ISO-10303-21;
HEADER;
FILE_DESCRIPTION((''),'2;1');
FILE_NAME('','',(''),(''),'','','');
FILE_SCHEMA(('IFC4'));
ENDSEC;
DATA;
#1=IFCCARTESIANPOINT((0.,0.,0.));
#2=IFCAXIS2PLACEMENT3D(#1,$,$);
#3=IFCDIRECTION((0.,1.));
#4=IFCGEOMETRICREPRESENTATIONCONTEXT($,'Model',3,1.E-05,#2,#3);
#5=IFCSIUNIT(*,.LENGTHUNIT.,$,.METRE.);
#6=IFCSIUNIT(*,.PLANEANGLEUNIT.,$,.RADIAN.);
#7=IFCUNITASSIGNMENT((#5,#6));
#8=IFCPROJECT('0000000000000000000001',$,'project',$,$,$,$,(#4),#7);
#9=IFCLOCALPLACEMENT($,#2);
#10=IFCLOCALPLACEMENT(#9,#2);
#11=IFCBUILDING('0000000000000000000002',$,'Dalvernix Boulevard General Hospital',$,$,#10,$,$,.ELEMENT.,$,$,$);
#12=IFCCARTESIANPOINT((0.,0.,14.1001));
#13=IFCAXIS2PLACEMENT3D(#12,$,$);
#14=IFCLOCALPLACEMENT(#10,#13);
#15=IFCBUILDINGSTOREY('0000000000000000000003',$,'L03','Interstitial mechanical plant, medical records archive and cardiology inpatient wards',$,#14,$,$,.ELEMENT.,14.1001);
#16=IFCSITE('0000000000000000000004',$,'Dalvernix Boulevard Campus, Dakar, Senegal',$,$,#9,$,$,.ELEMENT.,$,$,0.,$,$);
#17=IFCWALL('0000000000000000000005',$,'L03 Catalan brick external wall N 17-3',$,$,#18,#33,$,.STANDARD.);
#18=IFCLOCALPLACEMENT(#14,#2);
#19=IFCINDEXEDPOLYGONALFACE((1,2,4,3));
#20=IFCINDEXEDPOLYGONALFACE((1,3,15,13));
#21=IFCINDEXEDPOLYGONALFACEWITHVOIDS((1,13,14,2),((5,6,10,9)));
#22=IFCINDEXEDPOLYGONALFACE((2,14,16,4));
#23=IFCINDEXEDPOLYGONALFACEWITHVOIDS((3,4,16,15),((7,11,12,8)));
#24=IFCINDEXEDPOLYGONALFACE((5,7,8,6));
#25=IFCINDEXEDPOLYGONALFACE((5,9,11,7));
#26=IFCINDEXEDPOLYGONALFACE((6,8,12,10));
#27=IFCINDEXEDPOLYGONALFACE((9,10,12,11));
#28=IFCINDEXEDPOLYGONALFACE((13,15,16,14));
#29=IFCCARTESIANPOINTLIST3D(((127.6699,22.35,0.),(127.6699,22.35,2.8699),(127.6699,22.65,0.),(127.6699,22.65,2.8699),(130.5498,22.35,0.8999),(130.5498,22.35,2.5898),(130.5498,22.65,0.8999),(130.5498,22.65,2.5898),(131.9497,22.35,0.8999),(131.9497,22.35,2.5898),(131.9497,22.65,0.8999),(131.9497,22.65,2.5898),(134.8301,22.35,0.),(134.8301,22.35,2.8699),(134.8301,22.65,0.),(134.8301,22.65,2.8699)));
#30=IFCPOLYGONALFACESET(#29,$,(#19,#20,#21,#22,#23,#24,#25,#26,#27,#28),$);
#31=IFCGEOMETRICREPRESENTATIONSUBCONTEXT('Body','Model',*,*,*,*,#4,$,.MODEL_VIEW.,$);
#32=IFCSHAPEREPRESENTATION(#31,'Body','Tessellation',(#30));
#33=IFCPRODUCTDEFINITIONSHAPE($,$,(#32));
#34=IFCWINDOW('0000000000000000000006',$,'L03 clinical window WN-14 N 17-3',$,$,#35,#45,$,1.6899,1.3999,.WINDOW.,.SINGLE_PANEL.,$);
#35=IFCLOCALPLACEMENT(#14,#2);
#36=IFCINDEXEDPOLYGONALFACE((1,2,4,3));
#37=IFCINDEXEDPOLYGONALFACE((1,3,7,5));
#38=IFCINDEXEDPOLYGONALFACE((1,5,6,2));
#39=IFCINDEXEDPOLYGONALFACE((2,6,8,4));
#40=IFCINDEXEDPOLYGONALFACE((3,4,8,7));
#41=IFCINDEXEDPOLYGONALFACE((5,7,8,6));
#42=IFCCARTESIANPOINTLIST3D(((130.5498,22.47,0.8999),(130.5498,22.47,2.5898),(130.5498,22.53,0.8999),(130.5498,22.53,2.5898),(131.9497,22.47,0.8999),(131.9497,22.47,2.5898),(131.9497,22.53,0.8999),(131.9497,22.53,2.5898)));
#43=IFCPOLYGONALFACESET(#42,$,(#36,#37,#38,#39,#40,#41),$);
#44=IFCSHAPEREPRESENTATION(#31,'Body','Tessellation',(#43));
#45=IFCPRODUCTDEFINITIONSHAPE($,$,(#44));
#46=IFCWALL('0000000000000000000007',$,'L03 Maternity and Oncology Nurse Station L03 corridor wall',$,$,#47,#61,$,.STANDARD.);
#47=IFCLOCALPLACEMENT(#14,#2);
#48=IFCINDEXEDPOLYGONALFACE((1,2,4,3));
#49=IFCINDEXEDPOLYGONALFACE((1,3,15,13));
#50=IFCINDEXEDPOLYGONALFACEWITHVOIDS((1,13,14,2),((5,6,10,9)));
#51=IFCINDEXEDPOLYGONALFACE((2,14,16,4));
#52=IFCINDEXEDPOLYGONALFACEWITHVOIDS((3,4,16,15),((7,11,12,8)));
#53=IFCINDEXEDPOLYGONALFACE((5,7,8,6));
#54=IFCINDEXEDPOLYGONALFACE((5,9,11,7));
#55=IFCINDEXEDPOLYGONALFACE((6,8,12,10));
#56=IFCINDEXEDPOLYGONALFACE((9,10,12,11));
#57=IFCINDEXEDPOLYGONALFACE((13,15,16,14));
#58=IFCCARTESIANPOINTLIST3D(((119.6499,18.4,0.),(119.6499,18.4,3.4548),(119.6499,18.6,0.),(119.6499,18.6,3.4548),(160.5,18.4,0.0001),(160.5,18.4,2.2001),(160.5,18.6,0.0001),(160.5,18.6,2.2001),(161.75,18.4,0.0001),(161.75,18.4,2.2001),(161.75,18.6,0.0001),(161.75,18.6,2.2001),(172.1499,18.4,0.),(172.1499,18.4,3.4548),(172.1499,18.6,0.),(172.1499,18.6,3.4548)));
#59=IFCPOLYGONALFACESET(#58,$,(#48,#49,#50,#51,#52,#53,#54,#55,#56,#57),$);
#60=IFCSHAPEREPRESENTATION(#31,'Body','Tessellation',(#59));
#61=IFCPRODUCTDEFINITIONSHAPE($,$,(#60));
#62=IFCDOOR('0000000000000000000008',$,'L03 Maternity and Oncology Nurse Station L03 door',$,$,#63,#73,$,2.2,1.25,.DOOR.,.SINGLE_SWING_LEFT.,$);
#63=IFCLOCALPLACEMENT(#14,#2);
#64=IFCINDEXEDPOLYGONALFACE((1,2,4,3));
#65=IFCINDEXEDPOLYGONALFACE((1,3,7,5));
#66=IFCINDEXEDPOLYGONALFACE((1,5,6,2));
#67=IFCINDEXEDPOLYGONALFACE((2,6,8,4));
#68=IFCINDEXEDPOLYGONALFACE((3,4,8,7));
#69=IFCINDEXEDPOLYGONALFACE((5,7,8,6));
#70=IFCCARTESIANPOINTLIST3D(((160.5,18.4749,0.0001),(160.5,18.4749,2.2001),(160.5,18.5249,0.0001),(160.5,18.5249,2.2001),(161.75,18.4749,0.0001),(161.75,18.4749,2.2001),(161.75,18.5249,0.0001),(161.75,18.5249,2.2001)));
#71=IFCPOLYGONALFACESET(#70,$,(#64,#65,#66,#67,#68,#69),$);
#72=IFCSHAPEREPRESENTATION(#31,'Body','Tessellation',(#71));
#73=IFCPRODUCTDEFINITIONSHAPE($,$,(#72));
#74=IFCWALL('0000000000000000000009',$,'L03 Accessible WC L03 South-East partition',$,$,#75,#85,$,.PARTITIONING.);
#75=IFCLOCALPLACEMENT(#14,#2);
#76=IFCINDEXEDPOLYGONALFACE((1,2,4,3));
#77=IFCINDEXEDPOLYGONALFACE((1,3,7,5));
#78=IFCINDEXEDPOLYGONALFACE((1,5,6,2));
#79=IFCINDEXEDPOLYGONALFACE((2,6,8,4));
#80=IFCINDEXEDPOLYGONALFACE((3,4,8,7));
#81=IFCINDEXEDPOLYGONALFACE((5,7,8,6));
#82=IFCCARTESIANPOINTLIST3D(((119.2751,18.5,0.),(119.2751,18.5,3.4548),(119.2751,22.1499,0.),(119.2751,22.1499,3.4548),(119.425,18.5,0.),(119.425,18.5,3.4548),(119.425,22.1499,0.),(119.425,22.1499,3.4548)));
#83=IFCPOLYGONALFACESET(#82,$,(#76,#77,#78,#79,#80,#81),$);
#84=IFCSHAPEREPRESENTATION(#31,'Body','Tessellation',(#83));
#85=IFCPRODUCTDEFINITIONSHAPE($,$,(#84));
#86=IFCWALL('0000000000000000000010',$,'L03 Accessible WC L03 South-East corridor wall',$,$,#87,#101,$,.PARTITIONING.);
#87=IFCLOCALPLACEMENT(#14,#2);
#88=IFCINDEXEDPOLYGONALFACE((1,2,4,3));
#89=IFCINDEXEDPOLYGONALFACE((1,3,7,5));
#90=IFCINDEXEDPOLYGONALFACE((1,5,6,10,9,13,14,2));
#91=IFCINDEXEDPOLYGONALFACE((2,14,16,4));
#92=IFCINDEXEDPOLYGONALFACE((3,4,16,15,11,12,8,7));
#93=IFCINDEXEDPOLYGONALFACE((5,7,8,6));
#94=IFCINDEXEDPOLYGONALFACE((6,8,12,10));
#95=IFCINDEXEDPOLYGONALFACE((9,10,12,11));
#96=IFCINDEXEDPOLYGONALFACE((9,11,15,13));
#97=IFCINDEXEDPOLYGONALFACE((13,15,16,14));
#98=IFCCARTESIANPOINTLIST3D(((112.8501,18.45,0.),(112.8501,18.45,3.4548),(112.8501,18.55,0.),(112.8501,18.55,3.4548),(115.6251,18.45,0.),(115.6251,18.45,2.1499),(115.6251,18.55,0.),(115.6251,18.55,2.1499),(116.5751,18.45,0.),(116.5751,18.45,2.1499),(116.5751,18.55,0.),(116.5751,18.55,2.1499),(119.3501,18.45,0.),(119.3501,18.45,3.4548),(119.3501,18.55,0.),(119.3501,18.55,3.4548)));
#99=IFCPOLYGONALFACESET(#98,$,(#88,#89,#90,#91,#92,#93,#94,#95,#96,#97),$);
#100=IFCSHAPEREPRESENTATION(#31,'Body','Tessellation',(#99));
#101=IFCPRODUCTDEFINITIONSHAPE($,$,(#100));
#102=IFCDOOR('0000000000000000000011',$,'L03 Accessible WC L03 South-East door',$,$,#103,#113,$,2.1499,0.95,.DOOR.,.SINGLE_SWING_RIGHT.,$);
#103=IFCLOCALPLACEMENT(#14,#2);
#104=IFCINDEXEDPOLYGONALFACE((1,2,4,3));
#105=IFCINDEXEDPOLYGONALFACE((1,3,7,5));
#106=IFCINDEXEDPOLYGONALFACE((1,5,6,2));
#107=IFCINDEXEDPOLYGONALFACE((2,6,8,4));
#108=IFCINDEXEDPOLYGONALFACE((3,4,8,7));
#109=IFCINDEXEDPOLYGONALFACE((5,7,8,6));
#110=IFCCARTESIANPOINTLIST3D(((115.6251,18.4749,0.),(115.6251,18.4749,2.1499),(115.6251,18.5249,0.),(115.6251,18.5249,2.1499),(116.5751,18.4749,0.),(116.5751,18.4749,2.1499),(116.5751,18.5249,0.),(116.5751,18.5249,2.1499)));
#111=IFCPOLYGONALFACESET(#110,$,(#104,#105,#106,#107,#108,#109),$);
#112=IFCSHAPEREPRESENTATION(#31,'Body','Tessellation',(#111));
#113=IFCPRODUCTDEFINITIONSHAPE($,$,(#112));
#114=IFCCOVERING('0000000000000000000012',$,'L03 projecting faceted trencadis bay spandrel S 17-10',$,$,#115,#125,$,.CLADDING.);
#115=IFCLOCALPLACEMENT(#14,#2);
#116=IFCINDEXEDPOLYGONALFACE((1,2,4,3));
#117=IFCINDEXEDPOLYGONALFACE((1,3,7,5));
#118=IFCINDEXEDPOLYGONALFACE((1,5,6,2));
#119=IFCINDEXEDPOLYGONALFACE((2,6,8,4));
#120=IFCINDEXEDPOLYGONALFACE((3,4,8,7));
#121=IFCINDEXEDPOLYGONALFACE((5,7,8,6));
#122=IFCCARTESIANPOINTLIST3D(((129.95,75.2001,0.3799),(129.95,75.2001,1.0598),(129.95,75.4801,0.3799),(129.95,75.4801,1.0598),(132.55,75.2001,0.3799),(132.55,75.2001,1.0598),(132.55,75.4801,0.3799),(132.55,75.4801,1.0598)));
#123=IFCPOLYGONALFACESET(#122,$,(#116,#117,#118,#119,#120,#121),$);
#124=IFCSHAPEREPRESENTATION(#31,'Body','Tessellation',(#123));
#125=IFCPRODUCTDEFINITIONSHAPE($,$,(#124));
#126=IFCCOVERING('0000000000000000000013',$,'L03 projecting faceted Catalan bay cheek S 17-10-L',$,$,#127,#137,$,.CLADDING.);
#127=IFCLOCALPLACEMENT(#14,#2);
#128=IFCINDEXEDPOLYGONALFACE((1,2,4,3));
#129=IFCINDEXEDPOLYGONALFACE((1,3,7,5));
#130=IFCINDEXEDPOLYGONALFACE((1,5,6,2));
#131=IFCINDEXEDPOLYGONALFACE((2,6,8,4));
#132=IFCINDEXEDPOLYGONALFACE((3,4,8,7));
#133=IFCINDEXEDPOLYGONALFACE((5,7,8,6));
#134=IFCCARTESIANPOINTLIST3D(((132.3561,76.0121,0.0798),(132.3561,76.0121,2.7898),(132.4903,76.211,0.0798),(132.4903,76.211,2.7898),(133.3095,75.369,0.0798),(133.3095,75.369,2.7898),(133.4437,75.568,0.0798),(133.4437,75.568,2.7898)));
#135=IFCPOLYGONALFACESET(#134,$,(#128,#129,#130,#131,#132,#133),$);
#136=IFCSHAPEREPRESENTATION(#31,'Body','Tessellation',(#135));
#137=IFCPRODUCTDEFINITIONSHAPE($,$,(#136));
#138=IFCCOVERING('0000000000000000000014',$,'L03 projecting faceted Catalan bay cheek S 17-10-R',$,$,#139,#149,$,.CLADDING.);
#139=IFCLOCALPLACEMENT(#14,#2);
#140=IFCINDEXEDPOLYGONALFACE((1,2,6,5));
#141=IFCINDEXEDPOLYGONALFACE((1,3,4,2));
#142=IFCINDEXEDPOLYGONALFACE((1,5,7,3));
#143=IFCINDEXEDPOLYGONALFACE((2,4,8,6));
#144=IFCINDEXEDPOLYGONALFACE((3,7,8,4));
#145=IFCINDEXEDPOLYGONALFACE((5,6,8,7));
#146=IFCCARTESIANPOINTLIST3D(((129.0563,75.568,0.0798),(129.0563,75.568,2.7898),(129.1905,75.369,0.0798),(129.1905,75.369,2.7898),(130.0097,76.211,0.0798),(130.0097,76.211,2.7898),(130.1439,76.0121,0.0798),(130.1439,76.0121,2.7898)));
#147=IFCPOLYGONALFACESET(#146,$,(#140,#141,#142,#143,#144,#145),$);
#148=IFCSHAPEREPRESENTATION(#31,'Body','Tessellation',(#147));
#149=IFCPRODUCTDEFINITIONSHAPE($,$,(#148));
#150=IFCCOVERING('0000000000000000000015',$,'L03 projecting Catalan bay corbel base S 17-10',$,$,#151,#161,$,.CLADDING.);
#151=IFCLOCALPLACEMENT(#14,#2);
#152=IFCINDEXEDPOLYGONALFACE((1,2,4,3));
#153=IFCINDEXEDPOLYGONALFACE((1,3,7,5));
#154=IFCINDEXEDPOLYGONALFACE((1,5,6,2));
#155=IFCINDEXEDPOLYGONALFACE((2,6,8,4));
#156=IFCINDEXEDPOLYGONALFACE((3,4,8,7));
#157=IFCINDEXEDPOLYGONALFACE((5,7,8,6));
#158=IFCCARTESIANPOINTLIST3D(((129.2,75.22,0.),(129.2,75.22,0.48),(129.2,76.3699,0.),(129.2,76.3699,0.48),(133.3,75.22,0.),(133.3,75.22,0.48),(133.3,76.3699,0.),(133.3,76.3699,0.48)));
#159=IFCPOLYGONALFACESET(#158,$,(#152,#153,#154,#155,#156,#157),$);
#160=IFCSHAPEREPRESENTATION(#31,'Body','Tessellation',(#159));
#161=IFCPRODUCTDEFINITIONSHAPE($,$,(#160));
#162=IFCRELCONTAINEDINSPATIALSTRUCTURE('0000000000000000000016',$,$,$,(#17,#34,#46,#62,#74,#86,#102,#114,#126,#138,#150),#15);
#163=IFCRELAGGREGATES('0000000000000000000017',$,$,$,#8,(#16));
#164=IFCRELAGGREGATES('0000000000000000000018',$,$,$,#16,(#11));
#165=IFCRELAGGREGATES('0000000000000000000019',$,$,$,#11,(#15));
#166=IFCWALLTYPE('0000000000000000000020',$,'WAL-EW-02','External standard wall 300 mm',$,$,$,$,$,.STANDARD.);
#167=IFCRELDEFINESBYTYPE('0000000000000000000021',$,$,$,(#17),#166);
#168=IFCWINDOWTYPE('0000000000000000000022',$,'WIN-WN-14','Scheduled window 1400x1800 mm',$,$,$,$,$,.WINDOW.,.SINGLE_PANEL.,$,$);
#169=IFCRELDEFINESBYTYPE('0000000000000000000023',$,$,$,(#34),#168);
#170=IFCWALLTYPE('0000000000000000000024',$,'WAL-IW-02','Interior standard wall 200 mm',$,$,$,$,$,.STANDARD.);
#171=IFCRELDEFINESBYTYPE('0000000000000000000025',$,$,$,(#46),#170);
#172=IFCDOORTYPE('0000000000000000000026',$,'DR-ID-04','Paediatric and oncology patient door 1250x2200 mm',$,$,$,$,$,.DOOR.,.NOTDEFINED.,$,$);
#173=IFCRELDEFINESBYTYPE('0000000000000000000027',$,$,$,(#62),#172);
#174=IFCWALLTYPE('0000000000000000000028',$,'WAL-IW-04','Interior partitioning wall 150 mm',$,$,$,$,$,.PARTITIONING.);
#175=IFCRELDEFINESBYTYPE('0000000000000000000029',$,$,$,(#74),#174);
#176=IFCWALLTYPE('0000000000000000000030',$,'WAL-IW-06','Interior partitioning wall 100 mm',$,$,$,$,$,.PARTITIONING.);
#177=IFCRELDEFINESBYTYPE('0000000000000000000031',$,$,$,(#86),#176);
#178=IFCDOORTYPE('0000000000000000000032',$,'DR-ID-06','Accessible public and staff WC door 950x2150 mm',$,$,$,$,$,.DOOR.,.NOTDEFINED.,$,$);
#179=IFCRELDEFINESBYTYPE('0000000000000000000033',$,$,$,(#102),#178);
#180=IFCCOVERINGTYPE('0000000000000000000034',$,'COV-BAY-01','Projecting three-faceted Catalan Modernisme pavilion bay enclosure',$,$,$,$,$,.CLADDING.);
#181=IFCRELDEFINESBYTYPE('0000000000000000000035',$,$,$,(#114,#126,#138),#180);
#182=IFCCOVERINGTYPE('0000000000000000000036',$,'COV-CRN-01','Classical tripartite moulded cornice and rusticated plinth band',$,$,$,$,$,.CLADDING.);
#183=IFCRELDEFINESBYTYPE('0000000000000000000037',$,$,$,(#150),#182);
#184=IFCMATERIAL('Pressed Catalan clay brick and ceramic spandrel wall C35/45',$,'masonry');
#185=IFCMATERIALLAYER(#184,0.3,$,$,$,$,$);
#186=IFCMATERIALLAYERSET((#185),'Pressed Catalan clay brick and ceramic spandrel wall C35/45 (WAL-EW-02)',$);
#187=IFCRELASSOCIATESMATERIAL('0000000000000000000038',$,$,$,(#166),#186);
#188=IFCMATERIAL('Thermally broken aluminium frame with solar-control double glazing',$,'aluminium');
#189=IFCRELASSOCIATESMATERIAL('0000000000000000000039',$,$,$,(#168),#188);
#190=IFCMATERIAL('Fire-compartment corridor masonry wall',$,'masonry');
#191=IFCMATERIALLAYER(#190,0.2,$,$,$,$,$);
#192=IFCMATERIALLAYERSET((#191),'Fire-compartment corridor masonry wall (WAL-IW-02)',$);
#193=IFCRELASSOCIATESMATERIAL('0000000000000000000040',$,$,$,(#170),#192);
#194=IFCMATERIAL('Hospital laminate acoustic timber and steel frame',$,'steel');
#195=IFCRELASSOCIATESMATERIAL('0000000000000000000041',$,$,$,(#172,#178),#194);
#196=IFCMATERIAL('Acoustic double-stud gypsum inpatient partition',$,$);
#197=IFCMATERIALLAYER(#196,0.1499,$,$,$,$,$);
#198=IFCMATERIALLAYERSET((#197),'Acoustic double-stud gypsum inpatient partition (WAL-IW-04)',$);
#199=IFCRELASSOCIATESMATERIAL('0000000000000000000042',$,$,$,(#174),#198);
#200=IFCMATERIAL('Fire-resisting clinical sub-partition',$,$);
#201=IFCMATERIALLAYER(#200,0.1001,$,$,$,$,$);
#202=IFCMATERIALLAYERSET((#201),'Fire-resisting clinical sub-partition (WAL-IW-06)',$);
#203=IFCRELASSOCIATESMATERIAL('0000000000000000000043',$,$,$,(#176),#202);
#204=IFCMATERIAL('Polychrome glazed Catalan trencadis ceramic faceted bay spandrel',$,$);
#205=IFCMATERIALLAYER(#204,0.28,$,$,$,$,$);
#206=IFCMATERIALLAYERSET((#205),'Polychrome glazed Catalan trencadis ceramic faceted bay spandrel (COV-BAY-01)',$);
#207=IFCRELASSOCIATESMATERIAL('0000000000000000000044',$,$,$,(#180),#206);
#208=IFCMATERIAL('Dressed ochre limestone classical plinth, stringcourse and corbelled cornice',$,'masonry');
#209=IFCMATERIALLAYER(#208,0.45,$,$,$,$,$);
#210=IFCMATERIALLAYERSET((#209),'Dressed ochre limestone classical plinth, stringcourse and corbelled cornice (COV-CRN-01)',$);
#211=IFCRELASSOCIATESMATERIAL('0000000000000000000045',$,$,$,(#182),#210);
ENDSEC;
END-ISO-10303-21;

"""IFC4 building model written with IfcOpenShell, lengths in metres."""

from ifc_helpers import new_model, si_unit, direction, frame, frame_2d, origin, origin_2d, place, context, subcontext, project, spatial, rectangle, extrude, material, layer, layer_set, type_object, element, fill, save


model = new_model("IFC4")

# Units and contexts
model_context = context("Model", 3, precision=1e-05, world=origin(), true_north=direction((0.0, 1.0)))
body_context = subcontext(model_context, "Body", "Model", "MODEL_VIEW")
ifc_project = project(units=[si_unit("LENGTHUNIT", "METRE"), si_unit("PLANEANGLEUNIT", "RADIAN")], contexts=[model_context])

# Site, building, storey
site_placement = place(None, origin())
site = spatial("IfcSite", under=ifc_project, at=site_placement, Name="Dalvernix Boulevard Campus, Dakar, Senegal", CompositionType="ELEMENT", RefElevation=0.0)
building_placement = place(site_placement, origin())
building = spatial("IfcBuilding", under=site, at=building_placement, Name="Dalvernix Boulevard General Hospital", CompositionType="ELEMENT")
storey_placement = place(building_placement, frame((0.0, 0.0, 14.1001)))
storey = spatial("IfcBuildingStorey", under=building, at=storey_placement, Name="L03", Description="Interstitial mechanical plant, medical records archive and cardiology inpatient wards", CompositionType="ELEMENT", Elevation=14.1001)

# Wall, opening, window
ifc_material_1 = material(Name="Pressed Catalan clay brick and ceramic spandrel wall C35/45", Category="masonry")
ifc_layer_1 = layer(ifc_material_1, 0.3)
ifc_layer_set_1 = layer_set([ifc_layer_1], Name="Pressed Catalan clay brick and ceramic spandrel wall C35/45 (WAL-EW-02)")
wall_type_1 = type_object("IfcWallType", Name="WAL-EW-02", Description="External standard wall 300 mm", PredefinedType="STANDARD", material=ifc_layer_set_1)
ifc_material_2 = material(Name="Thermally broken aluminium frame with solar-control double glazing", Category="aluminium")
wall_1_placement = place(storey_placement, frame((127.6699, 22.5, 0.0), z_axis=(0.0, 0.0, 1.0), x_axis=(1.0, 0.0, 0.0)))
wall_1 = element("IfcWall", 1, at=wall_1_placement, inside=storey, type_object=wall_type_1, Name="L03 Catalan brick external wall N 17-3", PredefinedType="STANDARD", context=body_context, shape_type="SweptSolid", body=[
    extrude(rectangle(XDim=7.1602, YDim=0.3, at=frame_2d((3.5801, 0.0))), origin(), (0.0, 0.0, 1.0), 2.8699),
])
opening_1_placement = place(wall_1_placement, frame((2.8799, 0.0, 0.8999)))
opening_1 = element("IfcOpeningElement", 2, at=opening_1_placement, cuts=wall_1, PredefinedType="OPENING", context=body_context, shape_type="SweptSolid", body=[
    extrude(rectangle(XDim=1.3999, YDim=1.6899, at=frame_2d((0.7, 0.845))), frame((0.0, 0.1599, 0.0), z_axis=(0.0, -1.0, 0.0), x_axis=(1.0, 0.0, 0.0)), (0.0, 0.0, 1.0), 0.3201),
])
window_type_1 = type_object("IfcWindowType", Name="WIN-WN-14", Description="Scheduled window 1400x1800 mm", PartitioningType="SINGLE_PANEL", PredefinedType="WINDOW", material=ifc_material_2)
window_1_placement = place(opening_1_placement, origin())
window_1 = element("IfcWindow", 3, at=window_1_placement, inside=storey, type_object=window_type_1, Name="L03 clinical window WN-14 N 17-3", OverallHeight=1.6899, OverallWidth=1.3999, PartitioningType="SINGLE_PANEL", PredefinedType="WINDOW", context=body_context, shape_type="SweptSolid", body=[
    extrude(rectangle(XDim=1.3999, YDim=1.6899, at=frame_2d((0.7, 0.845))), frame((0.0, 0.03, 0.0), z_axis=(0.0, -1.0, 0.0), x_axis=(1.0, 0.0, 0.0)), (0.0, 0.0, 1.0), 0.0601),
])
fill(opening_1, window_1)

# Wall, opening, door
ifc_material_3 = material(Name="Fire-compartment corridor masonry wall", Category="masonry")
ifc_layer_2 = layer(ifc_material_3, 0.2)
ifc_layer_set_2 = layer_set([ifc_layer_2], Name="Fire-compartment corridor masonry wall (WAL-IW-02)")
wall_type_2 = type_object("IfcWallType", Name="WAL-IW-02", Description="Interior standard wall 200 mm", PredefinedType="STANDARD", material=ifc_layer_set_2)
wall_2_placement = place(storey_placement, frame((119.6499, 18.5, 0.0), z_axis=(0.0, 0.0, 1.0), x_axis=(1.0, 0.0, 0.0)))
wall_2 = element("IfcWall", 4, at=wall_2_placement, inside=storey, type_object=wall_type_2, Name="L03 Maternity and Oncology Nurse Station L03 corridor wall", PredefinedType="STANDARD", context=body_context, shape_type="SweptSolid", body=[
    extrude(rectangle(XDim=52.5, YDim=0.2, at=frame_2d((26.25, 0.0))), origin(), (0.0, 0.0, 1.0), 3.4548),
])
opening_2_placement = place(wall_2_placement, frame((40.8501, 0.0, 0.0)))
opening_2 = element("IfcOpeningElement", 5, at=opening_2_placement, cuts=wall_2, PredefinedType="OPENING", context=body_context, shape_type="SweptSolid", body=[
    extrude(rectangle(XDim=1.25, YDim=2.2, at=frame_2d((0.625, 1.1001))), frame((0.0, 0.1099, 0.0), z_axis=(0.0, -1.0, 0.0), x_axis=(1.0, 0.0, 0.0)), (0.0, 0.0, 1.0), 0.22),
])
ifc_material_4 = material(Name="Hospital laminate acoustic timber and steel frame", Category="steel")
door_type_1 = type_object("IfcDoorType", Name="DR-ID-04", Description="Paediatric and oncology patient door 1250x2200 mm", OperationType="NOTDEFINED", PredefinedType="DOOR", material=ifc_material_4)
door_1_placement = place(opening_2_placement, origin())
door_1 = element("IfcDoor", 6, at=door_1_placement, inside=storey, type_object=door_type_1, Name="L03 Maternity and Oncology Nurse Station L03 door", OperationType="SINGLE_SWING_LEFT", OverallHeight=2.2, OverallWidth=1.25, PredefinedType="DOOR", context=body_context, shape_type="SweptSolid", body=[
    extrude(rectangle(XDim=1.25, YDim=2.2, at=frame_2d((0.625, 1.1001))), frame((0.0, 0.0249, 0.0), z_axis=(0.0, -1.0, 0.0), x_axis=(1.0, 0.0, 0.0)), (0.0, 0.0, 1.0), 0.05),
])
fill(opening_2, door_1)

# Wall
ifc_material_5 = material(Name="Acoustic double-stud gypsum inpatient partition")
ifc_layer_3 = layer(ifc_material_5, 0.1499)
ifc_layer_set_3 = layer_set([ifc_layer_3], Name="Acoustic double-stud gypsum inpatient partition (WAL-IW-04)")
wall_type_3 = type_object("IfcWallType", Name="WAL-IW-04", Description="Interior partitioning wall 150 mm", PredefinedType="PARTITIONING", material=ifc_layer_set_3)
wall_3_placement = place(storey_placement, frame((119.3501, 18.5, 0.0), z_axis=(0.0, 0.0, 1.0), x_axis=(0.0, 1.0, 0.0)))
element("IfcWall", 7, at=wall_3_placement, inside=storey, type_object=wall_type_3, Name="L03 Accessible WC L03 South-East partition", PredefinedType="PARTITIONING", context=body_context, shape_type="SweptSolid", body=[
    extrude(rectangle(XDim=3.6499, YDim=0.1499, at=frame_2d((1.825, 0.0))), origin(), (0.0, 0.0, 1.0), 3.4548),
])

# Wall, opening, door
ifc_material_6 = material(Name="Fire-resisting clinical sub-partition")
ifc_layer_4 = layer(ifc_material_6, 0.1001)
ifc_layer_set_4 = layer_set([ifc_layer_4], Name="Fire-resisting clinical sub-partition (WAL-IW-06)")
wall_type_4 = type_object("IfcWallType", Name="WAL-IW-06", Description="Interior partitioning wall 100 mm", PredefinedType="PARTITIONING", material=ifc_layer_set_4)
wall_4_placement = place(storey_placement, frame((112.8501, 18.5, 0.0), z_axis=(0.0, 0.0, 1.0), x_axis=(1.0, 0.0, 0.0)))
wall_4 = element("IfcWall", 8, at=wall_4_placement, inside=storey, type_object=wall_type_4, Name="L03 Accessible WC L03 South-East corridor wall", PredefinedType="PARTITIONING", context=body_context, shape_type="SweptSolid", body=[
    extrude(rectangle(XDim=6.5, YDim=0.1001, at=frame_2d((3.25, 0.0))), origin(), (0.0, 0.0, 1.0), 3.4548),
])
opening_3_placement = place(wall_4_placement, frame((2.7749, 0.0, 0.0)))
opening_3 = element("IfcOpeningElement", 9, at=opening_3_placement, cuts=wall_4, PredefinedType="OPENING", context=body_context, shape_type="SweptSolid", body=[
    extrude(rectangle(XDim=0.95, YDim=2.1499, at=frame_2d((0.4751, 1.075))), frame((0.0, 0.0601, 0.0), z_axis=(0.0, -1.0, 0.0), x_axis=(1.0, 0.0, 0.0)), (0.0, 0.0, 1.0), 0.1201),
])
door_type_2 = type_object("IfcDoorType", Name="DR-ID-06", Description="Accessible public and staff WC door 950x2150 mm", OperationType="NOTDEFINED", PredefinedType="DOOR", material=ifc_material_4)
door_2_placement = place(opening_3_placement, origin())
door_2 = element("IfcDoor", 10, at=door_2_placement, inside=storey, type_object=door_type_2, Name="L03 Accessible WC L03 South-East door", OperationType="SINGLE_SWING_RIGHT", OverallHeight=2.1499, OverallWidth=0.95, PredefinedType="DOOR", context=body_context, shape_type="SweptSolid", body=[
    extrude(rectangle(XDim=0.95, YDim=2.1499, at=frame_2d((0.4751, 1.075))), frame((0.0, 0.0249, 0.0), z_axis=(0.0, -1.0, 0.0), x_axis=(1.0, 0.0, 0.0)), (0.0, 0.0, 1.0), 0.05),
])
fill(opening_3, door_2)

# Coverings
ifc_material_7 = material(Name="Polychrome glazed Catalan trencadis ceramic faceted bay spandrel")
ifc_layer_5 = layer(ifc_material_7, 0.28)
ifc_layer_set_5 = layer_set([ifc_layer_5], Name="Polychrome glazed Catalan trencadis ceramic faceted bay spandrel (COV-BAY-01)")
covering_type_1 = type_object("IfcCoveringType", Name="COV-BAY-01", Description="Projecting three-faceted Catalan Modernisme pavilion bay enclosure", PredefinedType="CLADDING", material=ifc_layer_set_5)
covering_1_placement = place(storey_placement, frame((131.25, 75.3401, 0.3799), z_axis=(0.0, 0.0, 1.0), x_axis=(-1.0, 0.0, 0.0)))
element("IfcCovering", 11, at=covering_1_placement, inside=storey, type_object=covering_type_1, Name="L03 projecting faceted trencadis bay spandrel S 17-10", PredefinedType="CLADDING", context=body_context, shape_type="SweptSolid", body=[
    extrude(rectangle(XDim=2.6001, YDim=0.28, at=origin_2d()), origin(), (0.0, 0.0, 1.0), 0.6799),
])
for number, where, z_axis, x_axis, name in (
    (12, (132.8999, 75.79, 0.0798), (0.0, 0.0, 1.0), (-0.829038, 0.559193, 0.0), "L03 projecting faceted Catalan bay cheek S 17-10-L"),
    (13, (129.6001, 75.79, 0.0798), (0.0, 0.0, 1.0), (-0.829038, -0.559193, 0.0), "L03 projecting faceted Catalan bay cheek S 17-10-R"),
):
    element("IfcCovering", number, at=place(storey_placement, frame(where, z_axis=z_axis, x_axis=x_axis)), inside=storey, type_object=covering_type_1, Name=name, PredefinedType="CLADDING", context=body_context, shape_type="SweptSolid", body=[
        extrude(rectangle(XDim=1.1499, YDim=0.24, at=origin_2d()), origin(), (0.0, 0.0, 1.0), 2.71),
    ])
ifc_material_8 = material(Name="Dressed ochre limestone classical plinth, stringcourse and corbelled cornice", Category="masonry")
ifc_layer_6 = layer(ifc_material_8, 0.45)
ifc_layer_set_6 = layer_set([ifc_layer_6], Name="Dressed ochre limestone classical plinth, stringcourse and corbelled cornice (COV-CRN-01)")
covering_type_2 = type_object("IfcCoveringType", Name="COV-CRN-01", Description="Classical tripartite moulded cornice and rusticated plinth band", PredefinedType="CLADDING", material=ifc_layer_set_6)
covering_2_placement = place(storey_placement, frame((131.25, 75.7949, 0.0), z_axis=(0.0, 0.0, 1.0), x_axis=(-1.0, 0.0, 0.0)))
element("IfcCovering", 14, at=covering_2_placement, inside=storey, type_object=covering_type_2, Name="L03 projecting Catalan bay corbel base S 17-10", PredefinedType="CLADDING", context=body_context, shape_type="SweptSolid", body=[
    extrude(rectangle(XDim=4.1001, YDim=1.1499, at=origin_2d()), origin(), (0.0, 0.0, 1.0), 0.48),
])

save(model, "model.ifc")
